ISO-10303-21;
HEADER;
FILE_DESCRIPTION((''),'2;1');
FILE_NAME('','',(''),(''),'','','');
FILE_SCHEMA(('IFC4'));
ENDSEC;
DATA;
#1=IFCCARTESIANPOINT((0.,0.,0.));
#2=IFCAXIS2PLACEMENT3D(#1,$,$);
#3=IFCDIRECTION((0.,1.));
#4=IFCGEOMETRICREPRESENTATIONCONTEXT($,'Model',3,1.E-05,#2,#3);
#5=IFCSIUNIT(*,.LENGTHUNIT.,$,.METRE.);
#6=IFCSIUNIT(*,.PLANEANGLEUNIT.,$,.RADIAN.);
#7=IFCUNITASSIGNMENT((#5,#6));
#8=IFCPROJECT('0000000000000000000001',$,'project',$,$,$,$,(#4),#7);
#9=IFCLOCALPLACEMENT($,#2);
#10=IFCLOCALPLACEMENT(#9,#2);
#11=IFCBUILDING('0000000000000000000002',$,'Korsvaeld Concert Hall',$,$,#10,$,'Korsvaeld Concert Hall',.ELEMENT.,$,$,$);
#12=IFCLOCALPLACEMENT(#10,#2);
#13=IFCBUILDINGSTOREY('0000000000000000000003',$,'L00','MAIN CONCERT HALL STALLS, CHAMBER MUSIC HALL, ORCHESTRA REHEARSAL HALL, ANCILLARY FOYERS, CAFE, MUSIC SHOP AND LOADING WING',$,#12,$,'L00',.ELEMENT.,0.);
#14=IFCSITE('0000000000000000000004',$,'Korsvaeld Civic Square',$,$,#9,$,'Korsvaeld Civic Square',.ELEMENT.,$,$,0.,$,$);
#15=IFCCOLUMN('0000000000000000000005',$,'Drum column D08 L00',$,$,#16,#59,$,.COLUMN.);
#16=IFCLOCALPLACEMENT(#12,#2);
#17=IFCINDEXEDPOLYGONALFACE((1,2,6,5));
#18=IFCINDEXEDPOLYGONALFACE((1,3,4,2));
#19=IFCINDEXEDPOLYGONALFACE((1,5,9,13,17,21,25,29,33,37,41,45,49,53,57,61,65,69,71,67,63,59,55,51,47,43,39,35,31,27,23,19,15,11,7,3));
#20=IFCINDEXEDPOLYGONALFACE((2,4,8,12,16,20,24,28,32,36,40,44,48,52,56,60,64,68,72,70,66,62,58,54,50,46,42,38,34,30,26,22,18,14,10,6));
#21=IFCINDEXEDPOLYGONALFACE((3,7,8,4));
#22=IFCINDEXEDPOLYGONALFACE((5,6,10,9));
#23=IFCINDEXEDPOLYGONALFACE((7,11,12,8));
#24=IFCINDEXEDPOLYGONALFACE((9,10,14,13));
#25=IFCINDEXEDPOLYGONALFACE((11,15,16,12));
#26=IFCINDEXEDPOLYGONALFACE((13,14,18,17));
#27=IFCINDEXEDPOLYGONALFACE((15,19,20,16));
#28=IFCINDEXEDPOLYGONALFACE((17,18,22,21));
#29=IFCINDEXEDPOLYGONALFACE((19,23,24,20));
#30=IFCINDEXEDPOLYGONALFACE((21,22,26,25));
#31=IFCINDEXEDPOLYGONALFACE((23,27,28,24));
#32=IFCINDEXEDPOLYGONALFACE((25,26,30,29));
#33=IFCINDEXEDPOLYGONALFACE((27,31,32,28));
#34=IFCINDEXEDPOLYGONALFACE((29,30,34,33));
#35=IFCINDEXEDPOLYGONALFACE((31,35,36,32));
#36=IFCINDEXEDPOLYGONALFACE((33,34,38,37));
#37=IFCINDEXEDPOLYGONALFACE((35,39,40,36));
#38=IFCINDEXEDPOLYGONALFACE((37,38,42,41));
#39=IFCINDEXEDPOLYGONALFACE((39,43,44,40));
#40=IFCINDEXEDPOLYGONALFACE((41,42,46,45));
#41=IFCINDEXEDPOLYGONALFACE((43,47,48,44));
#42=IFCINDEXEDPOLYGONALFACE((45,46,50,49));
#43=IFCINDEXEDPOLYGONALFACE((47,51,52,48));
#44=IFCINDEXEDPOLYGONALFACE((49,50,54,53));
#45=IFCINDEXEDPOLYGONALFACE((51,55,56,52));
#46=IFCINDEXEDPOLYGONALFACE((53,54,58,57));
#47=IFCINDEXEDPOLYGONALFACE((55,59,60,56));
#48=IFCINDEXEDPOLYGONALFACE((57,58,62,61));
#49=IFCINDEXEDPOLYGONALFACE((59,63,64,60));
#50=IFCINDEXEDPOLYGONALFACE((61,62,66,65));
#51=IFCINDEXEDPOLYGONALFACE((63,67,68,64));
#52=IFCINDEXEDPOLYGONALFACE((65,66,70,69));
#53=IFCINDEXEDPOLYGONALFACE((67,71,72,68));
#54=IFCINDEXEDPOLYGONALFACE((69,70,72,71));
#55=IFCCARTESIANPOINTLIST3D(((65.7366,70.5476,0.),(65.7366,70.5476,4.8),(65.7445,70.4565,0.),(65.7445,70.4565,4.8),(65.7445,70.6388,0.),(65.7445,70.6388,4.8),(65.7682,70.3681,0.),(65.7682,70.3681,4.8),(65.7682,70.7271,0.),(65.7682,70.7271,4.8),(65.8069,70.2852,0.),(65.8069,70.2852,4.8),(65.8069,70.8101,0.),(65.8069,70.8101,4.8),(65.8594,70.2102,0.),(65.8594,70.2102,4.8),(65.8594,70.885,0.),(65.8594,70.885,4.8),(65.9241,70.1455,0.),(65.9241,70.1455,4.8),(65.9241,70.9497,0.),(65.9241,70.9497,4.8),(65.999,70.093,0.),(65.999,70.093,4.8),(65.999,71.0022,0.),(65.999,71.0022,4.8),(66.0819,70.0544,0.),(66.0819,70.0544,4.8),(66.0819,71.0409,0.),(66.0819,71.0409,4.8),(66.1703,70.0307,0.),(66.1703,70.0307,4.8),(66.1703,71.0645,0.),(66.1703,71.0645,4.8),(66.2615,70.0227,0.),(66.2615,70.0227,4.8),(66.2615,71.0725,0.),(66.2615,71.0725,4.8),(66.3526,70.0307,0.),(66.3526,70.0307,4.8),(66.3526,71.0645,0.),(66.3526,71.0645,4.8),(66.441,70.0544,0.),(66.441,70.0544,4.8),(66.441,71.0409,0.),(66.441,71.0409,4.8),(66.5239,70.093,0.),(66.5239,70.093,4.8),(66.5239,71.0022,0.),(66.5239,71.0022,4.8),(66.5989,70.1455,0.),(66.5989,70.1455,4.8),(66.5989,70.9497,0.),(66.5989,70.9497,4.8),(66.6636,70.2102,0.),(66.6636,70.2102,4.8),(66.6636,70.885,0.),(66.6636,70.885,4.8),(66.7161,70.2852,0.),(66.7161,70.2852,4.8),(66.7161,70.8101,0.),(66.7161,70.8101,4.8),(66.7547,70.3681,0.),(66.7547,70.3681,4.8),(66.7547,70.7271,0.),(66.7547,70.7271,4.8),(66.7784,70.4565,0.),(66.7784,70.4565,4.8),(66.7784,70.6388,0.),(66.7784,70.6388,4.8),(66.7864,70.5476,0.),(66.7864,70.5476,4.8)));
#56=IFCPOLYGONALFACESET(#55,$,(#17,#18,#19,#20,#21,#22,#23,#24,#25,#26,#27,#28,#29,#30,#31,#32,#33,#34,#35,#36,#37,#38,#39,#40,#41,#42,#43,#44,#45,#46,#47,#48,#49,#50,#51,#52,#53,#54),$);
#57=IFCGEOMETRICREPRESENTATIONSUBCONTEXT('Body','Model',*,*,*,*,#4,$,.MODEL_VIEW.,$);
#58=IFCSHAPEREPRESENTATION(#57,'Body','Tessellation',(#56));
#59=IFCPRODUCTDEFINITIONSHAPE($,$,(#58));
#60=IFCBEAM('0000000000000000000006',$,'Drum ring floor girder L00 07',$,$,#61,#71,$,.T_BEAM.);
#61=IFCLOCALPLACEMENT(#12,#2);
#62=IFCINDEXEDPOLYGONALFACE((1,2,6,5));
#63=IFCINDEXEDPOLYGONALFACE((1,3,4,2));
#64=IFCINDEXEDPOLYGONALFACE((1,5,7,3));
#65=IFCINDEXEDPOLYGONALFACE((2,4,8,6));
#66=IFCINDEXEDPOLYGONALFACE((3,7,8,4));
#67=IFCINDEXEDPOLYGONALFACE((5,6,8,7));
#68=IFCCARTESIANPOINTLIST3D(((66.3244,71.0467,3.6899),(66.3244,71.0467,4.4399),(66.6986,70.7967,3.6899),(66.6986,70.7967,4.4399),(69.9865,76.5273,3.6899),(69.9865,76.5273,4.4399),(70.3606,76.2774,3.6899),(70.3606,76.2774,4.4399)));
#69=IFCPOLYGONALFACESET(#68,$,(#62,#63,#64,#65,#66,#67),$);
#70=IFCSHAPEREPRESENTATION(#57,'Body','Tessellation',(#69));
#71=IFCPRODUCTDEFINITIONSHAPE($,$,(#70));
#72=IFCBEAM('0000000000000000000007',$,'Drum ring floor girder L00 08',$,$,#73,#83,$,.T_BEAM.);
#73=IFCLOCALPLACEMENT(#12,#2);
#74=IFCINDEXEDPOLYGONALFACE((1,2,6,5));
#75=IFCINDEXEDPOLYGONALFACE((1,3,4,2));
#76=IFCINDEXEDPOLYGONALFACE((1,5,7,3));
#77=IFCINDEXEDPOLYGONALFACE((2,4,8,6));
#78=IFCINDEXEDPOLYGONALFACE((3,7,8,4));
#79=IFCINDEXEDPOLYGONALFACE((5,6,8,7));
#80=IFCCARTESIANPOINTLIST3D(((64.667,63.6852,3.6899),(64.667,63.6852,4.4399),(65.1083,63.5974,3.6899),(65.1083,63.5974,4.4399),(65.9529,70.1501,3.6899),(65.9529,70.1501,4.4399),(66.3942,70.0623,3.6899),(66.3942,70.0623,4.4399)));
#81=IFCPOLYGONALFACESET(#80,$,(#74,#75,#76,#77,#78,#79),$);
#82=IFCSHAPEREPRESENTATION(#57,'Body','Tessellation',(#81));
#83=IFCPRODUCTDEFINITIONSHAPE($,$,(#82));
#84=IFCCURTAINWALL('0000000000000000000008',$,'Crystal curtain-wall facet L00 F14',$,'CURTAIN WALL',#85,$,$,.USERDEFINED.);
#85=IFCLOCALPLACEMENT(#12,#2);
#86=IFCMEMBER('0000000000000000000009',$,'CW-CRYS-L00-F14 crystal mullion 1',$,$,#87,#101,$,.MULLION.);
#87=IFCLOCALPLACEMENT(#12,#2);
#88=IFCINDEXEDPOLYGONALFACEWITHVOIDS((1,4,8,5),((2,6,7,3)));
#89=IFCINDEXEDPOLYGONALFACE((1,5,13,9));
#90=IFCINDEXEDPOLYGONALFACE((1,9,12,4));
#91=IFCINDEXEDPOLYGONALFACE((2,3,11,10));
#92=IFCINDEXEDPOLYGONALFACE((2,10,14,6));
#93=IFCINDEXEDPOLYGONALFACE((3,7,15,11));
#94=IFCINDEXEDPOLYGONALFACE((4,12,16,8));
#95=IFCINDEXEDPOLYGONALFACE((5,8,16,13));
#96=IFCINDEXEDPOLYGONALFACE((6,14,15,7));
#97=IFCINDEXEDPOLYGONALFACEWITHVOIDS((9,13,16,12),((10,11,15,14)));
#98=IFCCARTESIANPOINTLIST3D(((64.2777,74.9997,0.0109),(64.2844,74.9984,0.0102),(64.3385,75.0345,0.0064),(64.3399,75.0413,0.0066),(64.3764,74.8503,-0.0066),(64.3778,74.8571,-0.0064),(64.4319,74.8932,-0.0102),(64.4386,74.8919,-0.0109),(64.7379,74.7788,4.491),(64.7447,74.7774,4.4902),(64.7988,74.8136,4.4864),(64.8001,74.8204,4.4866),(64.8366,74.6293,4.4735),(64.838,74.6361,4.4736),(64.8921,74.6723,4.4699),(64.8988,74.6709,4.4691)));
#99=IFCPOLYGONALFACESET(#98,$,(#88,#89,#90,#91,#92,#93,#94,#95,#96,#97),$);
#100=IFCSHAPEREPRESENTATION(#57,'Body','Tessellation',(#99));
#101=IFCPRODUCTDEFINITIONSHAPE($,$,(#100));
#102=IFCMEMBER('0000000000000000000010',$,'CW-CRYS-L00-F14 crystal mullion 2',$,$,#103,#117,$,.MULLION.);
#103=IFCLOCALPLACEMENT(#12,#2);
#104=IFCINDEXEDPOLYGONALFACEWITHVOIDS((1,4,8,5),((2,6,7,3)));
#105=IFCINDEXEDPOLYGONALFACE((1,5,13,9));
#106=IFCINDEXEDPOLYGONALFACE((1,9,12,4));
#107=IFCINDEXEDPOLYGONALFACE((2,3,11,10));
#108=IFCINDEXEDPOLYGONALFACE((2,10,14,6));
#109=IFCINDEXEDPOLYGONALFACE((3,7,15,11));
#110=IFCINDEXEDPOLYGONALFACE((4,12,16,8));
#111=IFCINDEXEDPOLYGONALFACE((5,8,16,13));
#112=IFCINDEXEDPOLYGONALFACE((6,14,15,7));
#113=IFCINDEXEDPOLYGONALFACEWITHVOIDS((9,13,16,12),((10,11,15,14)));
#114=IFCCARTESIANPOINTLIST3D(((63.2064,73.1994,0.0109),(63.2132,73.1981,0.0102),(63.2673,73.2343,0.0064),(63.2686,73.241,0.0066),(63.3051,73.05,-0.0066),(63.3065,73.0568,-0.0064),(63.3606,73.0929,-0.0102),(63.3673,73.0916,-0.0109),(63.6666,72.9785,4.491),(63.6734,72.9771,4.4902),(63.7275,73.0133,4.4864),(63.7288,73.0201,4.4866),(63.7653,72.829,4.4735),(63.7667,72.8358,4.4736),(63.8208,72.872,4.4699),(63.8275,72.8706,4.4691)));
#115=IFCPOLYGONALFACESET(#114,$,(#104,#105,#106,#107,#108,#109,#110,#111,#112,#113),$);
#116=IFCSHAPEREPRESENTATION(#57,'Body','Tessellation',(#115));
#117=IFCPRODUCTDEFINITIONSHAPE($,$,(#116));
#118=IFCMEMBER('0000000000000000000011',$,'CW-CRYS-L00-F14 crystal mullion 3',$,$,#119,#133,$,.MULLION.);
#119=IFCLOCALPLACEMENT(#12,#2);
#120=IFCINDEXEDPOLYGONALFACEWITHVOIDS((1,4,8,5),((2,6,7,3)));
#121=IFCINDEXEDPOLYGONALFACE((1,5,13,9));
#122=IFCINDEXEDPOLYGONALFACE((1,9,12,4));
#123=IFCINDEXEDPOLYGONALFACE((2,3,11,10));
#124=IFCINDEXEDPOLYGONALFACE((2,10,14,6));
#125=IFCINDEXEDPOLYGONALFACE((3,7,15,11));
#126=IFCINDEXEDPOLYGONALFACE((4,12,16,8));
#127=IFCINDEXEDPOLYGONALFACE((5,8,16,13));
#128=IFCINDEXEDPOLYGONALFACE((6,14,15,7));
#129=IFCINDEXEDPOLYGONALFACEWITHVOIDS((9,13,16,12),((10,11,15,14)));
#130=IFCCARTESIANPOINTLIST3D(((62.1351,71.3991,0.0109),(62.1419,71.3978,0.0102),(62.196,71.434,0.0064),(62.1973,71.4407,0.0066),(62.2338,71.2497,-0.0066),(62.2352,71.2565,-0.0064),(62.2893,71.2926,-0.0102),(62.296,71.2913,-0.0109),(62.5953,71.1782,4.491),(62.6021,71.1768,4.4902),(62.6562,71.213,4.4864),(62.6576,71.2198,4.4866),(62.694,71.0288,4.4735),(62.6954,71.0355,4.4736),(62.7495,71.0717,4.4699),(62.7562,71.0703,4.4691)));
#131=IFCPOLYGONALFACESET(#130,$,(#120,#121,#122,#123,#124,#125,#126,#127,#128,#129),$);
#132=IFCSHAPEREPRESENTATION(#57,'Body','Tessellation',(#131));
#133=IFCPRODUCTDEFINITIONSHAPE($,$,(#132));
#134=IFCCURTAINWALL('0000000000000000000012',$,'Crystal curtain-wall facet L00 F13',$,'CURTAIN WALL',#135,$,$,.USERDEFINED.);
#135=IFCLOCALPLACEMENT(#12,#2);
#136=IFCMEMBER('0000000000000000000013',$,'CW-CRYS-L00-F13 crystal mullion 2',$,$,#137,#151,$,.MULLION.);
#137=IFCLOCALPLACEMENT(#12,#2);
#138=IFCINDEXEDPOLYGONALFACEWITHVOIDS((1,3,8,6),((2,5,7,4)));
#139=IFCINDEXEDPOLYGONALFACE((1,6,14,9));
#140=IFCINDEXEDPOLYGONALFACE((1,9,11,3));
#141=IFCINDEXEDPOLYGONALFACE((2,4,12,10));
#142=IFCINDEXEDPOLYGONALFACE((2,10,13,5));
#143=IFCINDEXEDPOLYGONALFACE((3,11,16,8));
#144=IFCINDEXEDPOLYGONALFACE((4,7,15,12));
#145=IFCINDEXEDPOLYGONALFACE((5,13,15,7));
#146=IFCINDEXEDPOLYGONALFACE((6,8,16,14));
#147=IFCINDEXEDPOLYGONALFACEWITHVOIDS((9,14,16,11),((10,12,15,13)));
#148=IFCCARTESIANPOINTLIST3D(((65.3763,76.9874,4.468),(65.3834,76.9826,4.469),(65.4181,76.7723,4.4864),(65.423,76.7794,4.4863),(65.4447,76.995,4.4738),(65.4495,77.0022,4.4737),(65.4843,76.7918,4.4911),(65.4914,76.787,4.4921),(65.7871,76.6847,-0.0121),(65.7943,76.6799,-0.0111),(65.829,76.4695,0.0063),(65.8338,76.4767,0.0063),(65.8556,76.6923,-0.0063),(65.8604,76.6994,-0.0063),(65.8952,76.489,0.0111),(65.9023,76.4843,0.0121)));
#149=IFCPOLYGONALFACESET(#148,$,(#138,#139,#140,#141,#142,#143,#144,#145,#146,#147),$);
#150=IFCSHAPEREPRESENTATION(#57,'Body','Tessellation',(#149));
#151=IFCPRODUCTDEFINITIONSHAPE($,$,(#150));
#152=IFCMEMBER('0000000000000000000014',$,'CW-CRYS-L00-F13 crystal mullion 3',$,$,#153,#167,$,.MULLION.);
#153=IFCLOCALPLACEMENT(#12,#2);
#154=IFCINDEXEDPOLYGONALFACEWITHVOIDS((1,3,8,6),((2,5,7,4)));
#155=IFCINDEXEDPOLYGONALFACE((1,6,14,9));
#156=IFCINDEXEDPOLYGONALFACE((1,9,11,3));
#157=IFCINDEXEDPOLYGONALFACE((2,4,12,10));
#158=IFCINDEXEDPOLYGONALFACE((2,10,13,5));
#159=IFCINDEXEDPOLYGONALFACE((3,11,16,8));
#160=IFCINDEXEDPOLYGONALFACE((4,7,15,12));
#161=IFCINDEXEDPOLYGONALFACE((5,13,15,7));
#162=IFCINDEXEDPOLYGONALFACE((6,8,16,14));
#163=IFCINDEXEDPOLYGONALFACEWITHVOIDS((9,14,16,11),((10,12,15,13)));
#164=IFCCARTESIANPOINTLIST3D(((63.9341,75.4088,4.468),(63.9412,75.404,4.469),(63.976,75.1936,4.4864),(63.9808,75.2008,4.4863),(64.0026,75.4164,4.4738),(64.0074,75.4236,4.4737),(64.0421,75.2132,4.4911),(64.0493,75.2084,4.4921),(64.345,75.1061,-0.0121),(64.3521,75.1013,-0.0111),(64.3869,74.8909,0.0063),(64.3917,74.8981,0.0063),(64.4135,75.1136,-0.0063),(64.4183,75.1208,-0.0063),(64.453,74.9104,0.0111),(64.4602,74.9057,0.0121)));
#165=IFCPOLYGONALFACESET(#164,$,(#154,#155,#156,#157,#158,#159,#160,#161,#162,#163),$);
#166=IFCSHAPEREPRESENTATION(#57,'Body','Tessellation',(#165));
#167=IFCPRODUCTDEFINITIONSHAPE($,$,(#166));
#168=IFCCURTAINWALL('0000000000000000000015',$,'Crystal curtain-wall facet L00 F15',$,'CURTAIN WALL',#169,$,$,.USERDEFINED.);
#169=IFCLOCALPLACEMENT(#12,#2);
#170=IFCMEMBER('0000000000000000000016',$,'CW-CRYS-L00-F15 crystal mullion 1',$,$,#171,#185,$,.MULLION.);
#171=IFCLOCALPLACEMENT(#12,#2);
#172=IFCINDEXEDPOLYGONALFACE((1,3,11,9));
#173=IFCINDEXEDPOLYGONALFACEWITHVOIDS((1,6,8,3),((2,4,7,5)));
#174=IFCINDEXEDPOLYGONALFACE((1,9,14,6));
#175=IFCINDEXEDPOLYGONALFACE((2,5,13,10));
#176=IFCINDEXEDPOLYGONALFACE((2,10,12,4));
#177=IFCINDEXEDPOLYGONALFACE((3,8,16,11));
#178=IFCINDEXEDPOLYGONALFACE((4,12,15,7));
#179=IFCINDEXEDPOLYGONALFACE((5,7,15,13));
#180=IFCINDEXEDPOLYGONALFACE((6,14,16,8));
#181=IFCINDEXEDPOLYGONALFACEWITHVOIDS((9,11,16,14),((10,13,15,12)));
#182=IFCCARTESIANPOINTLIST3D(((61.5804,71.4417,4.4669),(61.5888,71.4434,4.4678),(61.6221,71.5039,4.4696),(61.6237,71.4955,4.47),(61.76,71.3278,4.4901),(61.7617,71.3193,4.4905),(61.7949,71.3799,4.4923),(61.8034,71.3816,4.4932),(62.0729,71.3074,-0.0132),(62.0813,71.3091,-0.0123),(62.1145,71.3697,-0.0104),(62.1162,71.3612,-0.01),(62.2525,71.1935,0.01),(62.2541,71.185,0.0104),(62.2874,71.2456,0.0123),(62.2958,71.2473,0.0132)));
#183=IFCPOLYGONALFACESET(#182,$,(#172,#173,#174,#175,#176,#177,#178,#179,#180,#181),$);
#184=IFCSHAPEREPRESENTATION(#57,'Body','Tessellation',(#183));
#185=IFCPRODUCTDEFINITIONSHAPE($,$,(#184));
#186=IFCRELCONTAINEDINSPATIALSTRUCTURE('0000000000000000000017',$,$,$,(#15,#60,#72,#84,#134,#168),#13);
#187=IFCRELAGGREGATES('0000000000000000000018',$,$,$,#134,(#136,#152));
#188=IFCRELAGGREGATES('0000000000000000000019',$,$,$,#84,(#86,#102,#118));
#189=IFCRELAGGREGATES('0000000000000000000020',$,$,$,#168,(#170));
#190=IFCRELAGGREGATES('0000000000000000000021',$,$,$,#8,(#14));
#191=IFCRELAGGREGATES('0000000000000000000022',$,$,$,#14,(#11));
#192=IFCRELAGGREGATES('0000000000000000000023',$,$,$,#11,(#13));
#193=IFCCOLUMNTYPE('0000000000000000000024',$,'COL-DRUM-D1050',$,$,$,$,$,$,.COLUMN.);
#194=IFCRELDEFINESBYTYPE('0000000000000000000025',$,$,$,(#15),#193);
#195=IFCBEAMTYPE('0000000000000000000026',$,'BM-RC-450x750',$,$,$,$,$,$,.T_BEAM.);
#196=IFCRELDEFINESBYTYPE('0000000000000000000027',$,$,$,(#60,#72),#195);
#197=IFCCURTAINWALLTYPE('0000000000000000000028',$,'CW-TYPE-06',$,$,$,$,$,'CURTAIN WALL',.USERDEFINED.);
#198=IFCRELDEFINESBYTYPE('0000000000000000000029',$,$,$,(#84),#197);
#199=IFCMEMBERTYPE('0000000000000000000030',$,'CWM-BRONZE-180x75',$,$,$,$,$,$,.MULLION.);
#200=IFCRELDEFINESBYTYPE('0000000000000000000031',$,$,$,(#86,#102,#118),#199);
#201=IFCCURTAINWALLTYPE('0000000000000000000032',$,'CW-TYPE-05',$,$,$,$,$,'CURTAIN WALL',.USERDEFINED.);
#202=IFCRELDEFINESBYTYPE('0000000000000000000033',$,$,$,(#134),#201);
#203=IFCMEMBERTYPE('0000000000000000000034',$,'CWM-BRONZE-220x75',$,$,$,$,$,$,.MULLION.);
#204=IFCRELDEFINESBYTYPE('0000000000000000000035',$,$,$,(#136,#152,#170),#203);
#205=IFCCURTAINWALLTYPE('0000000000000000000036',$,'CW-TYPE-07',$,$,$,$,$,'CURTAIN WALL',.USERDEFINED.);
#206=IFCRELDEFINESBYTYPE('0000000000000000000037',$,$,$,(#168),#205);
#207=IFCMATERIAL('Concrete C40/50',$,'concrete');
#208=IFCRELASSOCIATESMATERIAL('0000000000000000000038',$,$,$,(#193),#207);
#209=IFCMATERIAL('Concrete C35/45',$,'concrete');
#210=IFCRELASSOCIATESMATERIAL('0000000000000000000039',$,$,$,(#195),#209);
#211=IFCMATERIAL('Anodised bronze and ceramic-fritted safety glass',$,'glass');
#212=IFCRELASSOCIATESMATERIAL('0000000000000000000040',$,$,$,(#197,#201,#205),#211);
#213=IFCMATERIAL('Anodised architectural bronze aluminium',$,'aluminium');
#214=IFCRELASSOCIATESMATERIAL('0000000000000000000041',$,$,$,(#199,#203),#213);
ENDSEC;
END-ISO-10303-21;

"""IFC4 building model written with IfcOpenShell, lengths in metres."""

from ifc_helpers import new_model, si_unit, direction, frame, origin, origin_2d, place, context, subcontext, project, spatial, rectangle, hollow_rectangle, circle, extrude, material, material_profile, profile_set, type_object, element, aggregate, save


model = new_model("IFC4")

# Units and contexts
model_context = context("Model", 3, precision=1e-05, world=origin(), true_north=direction((0.0, 1.0)))
body_context = subcontext(model_context, "Body", "Model", "MODEL_VIEW")
ifc_project = project(units=[si_unit("LENGTHUNIT", "METRE"), si_unit("PLANEANGLEUNIT", "RADIAN")], contexts=[model_context])

# Site, building, storey
site_placement = place(None, origin())
site = spatial("IfcSite", under=ifc_project, at=site_placement, Name="Korsvaeld Civic Square", LongName="Korsvaeld Civic Square", CompositionType="ELEMENT", RefElevation=0.0)
building_placement = place(site_placement, origin())
building = spatial("IfcBuilding", under=site, at=building_placement, Name="Korsvaeld Concert Hall", LongName="Korsvaeld Concert Hall", CompositionType="ELEMENT")
storey_placement = place(building_placement, origin())
storey = spatial("IfcBuildingStorey", under=building, at=storey_placement, Name="L00", Description="MAIN CONCERT HALL STALLS, CHAMBER MUSIC HALL, ORCHESTRA REHEARSAL HALL, ANCILLARY FOYERS, CAFE, MUSIC SHOP AND LOADING WING", LongName="L00", CompositionType="ELEMENT", Elevation=0.0)

# Column
ifc_material_1 = material(Name="Concrete C40/50", Category="concrete")
ifc_material_profile_1 = material_profile(ifc_material_1, circle(Radius=0.5249, at=origin_2d()), Name="RC D1050")
ifc_profile_set_1 = profile_set([ifc_material_profile_1], Name="Concrete C40/50")
column_type = type_object("IfcColumnType", Name="COL-DRUM-D1050", PredefinedType="COLUMN", material=ifc_profile_set_1)
column_placement = place(storey_placement, frame((66.2615, 70.5476, 0.0), z_axis=(0.0, 0.0, 1.0), x_axis=(1.0, 0.0, 0.0)))
element("IfcColumn", 1, at=column_placement, inside=storey, type_object=column_type, Name="Drum column D08 L00", PredefinedType="COLUMN", context=body_context, shape_type="SweptSolid", body=[
    extrude(circle(Radius=0.5249, at=origin_2d()), origin(), (0.0, 0.0, 1.0), 4.8),
])

# Beams
ifc_material_2 = material(Name="Concrete C35/45", Category="concrete")
ifc_material_profile_2 = material_profile(ifc_material_2, rectangle(XDim=0.45, YDim=0.75, at=origin_2d()), Name="RC 450x750")
ifc_profile_set_2 = profile_set([ifc_material_profile_2], Name="Concrete C35/45")
beam_type = type_object("IfcBeamType", Name="BM-RC-450x750", PredefinedType="T_BEAM", material=ifc_profile_set_2)
for number, where, z_axis, x_axis, name in (
    (2, (70.1736, 76.4023, 4.0649), (-0.555572, -0.831469, 0.0), (0.831469, -0.555572, 0.0), "Drum ring floor girder L00 07"),
    (3, (66.1736, 70.1062, 4.0649), (-0.195083, -0.980787, 0.0), (0.980787, -0.195083, 0.0), "Drum ring floor girder L00 08"),
):
    element("IfcBeam", number, at=place(storey_placement, frame(where, z_axis=z_axis, x_axis=x_axis)), inside=storey, type_object=beam_type, Name=name, PredefinedType="T_BEAM", context=body_context, shape_type="SweptSolid", body=[
        extrude(rectangle(XDim=0.45, YDim=0.75, at=origin_2d()), origin(), (0.0, 0.0, 1.0), 6.5916),
    ])

# Curtain walls, members
ifc_material_3 = material(Name="Anodised bronze and ceramic-fritted safety glass", Category="glass")
curtain_wall_type_1 = type_object("IfcCurtainWallType", Name="CW-TYPE-06", ElementType="CURTAIN WALL", PredefinedType="USERDEFINED", material=ifc_material_3)
curtain_wall_1_placement = place(storey_placement, origin())
curtain_wall_1 = element("IfcCurtainWall", 4, at=curtain_wall_1_placement, inside=storey, type_object=curtain_wall_type_1, Name="Crystal curtain-wall facet L00 F14", ObjectType="CURTAIN WALL", PredefinedType="USERDEFINED")
ifc_material_4 = material(Name="Anodised architectural bronze aluminium", Category="aluminium")
ifc_material_profile_3 = material_profile(ifc_material_4, hollow_rectangle(XDim=0.075, YDim=0.1799, WallThickness=0.0049, at=origin_2d()), Name="CWM 180x75x5")
ifc_profile_set_3 = profile_set([ifc_material_profile_3], Name="Anodised architectural bronze aluminium")
member_type_1 = type_object("IfcMemberType", Name="CWM-BRONZE-180x75", PredefinedType="MULLION", material=ifc_profile_set_3)
member_1_placement = place(storey_placement, frame((64.3582, 74.9458, 0.0), z_axis=(0.102064, -0.049002, 0.99357), x_axis=(0.829955, 0.554817, -0.057894)))
member_1 = element("IfcMember", 5, at=member_1_placement, type_object=member_type_1, Name="CW-CRYS-L00-F14 crystal mullion 1", PredefinedType="MULLION", context=body_context, shape_type="SweptSolid", body=[
    extrude(hollow_rectangle(XDim=0.075, YDim=0.1799, WallThickness=0.0049, at=origin_2d()), origin(), (0.0, 0.0, 1.0), 4.509),
])
member_2_placement = place(storey_placement, frame((63.2869, 73.1455, 0.0), z_axis=(0.102064, -0.049002, 0.99357), x_axis=(0.829955, 0.554817, -0.057894)))
member_2 = element("IfcMember", 6, at=member_2_placement, type_object=member_type_1, Name="CW-CRYS-L00-F14 crystal mullion 2", PredefinedType="MULLION", context=body_context, shape_type="SweptSolid", body=[
    extrude(hollow_rectangle(XDim=0.075, YDim=0.1799, WallThickness=0.0049, at=origin_2d()), origin(), (0.0, 0.0, 1.0), 4.509),
])
member_3_placement = place(storey_placement, frame((62.2156, 71.3452, 0.0), z_axis=(0.102064, -0.049002, 0.99357), x_axis=(0.829955, 0.554817, -0.057894)))
member_3 = element("IfcMember", 7, at=member_3_placement, type_object=member_type_1, Name="CW-CRYS-L00-F14 crystal mullion 3", PredefinedType="MULLION", context=body_context, shape_type="SweptSolid", body=[
    extrude(hollow_rectangle(XDim=0.075, YDim=0.1799, WallThickness=0.0049, at=origin_2d()), origin(), (0.0, 0.0, 1.0), 4.509),
])
curtain_wall_type_2 = type_object("IfcCurtainWallType", Name="CW-TYPE-05", ElementType="CURTAIN WALL", PredefinedType="USERDEFINED", material=ifc_material_3)
curtain_wall_2_placement = place(storey_placement, origin())
curtain_wall_2 = element("IfcCurtainWall", 8, at=curtain_wall_2_placement, inside=storey, type_object=curtain_wall_type_2, Name="Crystal curtain-wall facet L00 F13", ObjectType="CURTAIN WALL", PredefinedType="USERDEFINED")
ifc_material_profile_4 = material_profile(ifc_material_4, hollow_rectangle(XDim=0.075, YDim=0.22, WallThickness=0.0061, at=origin_2d()), Name="CWM 220x75x6")
ifc_profile_set_4 = profile_set([ifc_material_profile_4], Name="Anodised architectural bronze aluminium")
member_type_2 = type_object("IfcMemberType", Name="CWM-BRONZE-220x75", PredefinedType="MULLION", material=ifc_profile_set_4)
member_4_placement = place(storey_placement, frame((65.8447, 76.5845, 0.0), z_axis=(-0.091127, 0.067141, 0.993573), x_axis=(-0.977454, -0.196865, -0.076346)))
member_4 = element("IfcMember", 9, at=member_4_placement, type_object=member_type_2, Name="CW-CRYS-L00-F13 crystal mullion 2", PredefinedType="MULLION", context=body_context, shape_type="SweptSolid", body=[
    extrude(hollow_rectangle(XDim=0.075, YDim=0.22, WallThickness=0.0061, at=origin_2d()), origin(), (0.0, 0.0, 1.0), 4.509),
])
member_5_placement = place(storey_placement, frame((64.4026, 75.0059, 0.0), z_axis=(-0.091127, 0.067141, 0.993573), x_axis=(-0.977454, -0.196865, -0.076346)))
member_5 = element("IfcMember", 10, at=member_5_placement, type_object=member_type_2, Name="CW-CRYS-L00-F13 crystal mullion 3", PredefinedType="MULLION", context=body_context, shape_type="SweptSolid", body=[
    extrude(hollow_rectangle(XDim=0.075, YDim=0.22, WallThickness=0.0061, at=origin_2d()), origin(), (0.0, 0.0, 1.0), 4.509),
])

# Curtain wall, member
curtain_wall_type_3 = type_object("IfcCurtainWallType", Name="CW-TYPE-07", ElementType="CURTAIN WALL", PredefinedType="USERDEFINED", material=ifc_material_3)
curtain_wall_3_placement = place(storey_placement, origin())
curtain_wall_3 = element("IfcCurtainWall", 11, at=curtain_wall_3_placement, inside=storey, type_object=curtain_wall_type_3, Name="Crystal curtain-wall facet L00 F15", ObjectType="CURTAIN WALL", PredefinedType="USERDEFINED")
member_6_placement = place(storey_placement, frame((62.1843, 71.2773, 0.0), z_axis=(-0.109212, 0.02978, 0.993572), x_axis=(-0.555918, -0.830448, -0.036215)))
member_6 = element("IfcMember", 12, at=member_6_placement, type_object=member_type_2, Name="CW-CRYS-L00-F15 crystal mullion 1", PredefinedType="MULLION", context=body_context, shape_type="SweptSolid", body=[
    extrude(hollow_rectangle(XDim=0.075, YDim=0.22, WallThickness=0.0061, at=origin_2d()), origin(), (0.0, 0.0, 1.0), 4.509),
])

aggregate(curtain_wall_2, [member_4, member_5])
aggregate(curtain_wall_1, [member_1, member_2, member_3])
aggregate(curtain_wall_3, [member_6])

save(model, "model.ifc")
